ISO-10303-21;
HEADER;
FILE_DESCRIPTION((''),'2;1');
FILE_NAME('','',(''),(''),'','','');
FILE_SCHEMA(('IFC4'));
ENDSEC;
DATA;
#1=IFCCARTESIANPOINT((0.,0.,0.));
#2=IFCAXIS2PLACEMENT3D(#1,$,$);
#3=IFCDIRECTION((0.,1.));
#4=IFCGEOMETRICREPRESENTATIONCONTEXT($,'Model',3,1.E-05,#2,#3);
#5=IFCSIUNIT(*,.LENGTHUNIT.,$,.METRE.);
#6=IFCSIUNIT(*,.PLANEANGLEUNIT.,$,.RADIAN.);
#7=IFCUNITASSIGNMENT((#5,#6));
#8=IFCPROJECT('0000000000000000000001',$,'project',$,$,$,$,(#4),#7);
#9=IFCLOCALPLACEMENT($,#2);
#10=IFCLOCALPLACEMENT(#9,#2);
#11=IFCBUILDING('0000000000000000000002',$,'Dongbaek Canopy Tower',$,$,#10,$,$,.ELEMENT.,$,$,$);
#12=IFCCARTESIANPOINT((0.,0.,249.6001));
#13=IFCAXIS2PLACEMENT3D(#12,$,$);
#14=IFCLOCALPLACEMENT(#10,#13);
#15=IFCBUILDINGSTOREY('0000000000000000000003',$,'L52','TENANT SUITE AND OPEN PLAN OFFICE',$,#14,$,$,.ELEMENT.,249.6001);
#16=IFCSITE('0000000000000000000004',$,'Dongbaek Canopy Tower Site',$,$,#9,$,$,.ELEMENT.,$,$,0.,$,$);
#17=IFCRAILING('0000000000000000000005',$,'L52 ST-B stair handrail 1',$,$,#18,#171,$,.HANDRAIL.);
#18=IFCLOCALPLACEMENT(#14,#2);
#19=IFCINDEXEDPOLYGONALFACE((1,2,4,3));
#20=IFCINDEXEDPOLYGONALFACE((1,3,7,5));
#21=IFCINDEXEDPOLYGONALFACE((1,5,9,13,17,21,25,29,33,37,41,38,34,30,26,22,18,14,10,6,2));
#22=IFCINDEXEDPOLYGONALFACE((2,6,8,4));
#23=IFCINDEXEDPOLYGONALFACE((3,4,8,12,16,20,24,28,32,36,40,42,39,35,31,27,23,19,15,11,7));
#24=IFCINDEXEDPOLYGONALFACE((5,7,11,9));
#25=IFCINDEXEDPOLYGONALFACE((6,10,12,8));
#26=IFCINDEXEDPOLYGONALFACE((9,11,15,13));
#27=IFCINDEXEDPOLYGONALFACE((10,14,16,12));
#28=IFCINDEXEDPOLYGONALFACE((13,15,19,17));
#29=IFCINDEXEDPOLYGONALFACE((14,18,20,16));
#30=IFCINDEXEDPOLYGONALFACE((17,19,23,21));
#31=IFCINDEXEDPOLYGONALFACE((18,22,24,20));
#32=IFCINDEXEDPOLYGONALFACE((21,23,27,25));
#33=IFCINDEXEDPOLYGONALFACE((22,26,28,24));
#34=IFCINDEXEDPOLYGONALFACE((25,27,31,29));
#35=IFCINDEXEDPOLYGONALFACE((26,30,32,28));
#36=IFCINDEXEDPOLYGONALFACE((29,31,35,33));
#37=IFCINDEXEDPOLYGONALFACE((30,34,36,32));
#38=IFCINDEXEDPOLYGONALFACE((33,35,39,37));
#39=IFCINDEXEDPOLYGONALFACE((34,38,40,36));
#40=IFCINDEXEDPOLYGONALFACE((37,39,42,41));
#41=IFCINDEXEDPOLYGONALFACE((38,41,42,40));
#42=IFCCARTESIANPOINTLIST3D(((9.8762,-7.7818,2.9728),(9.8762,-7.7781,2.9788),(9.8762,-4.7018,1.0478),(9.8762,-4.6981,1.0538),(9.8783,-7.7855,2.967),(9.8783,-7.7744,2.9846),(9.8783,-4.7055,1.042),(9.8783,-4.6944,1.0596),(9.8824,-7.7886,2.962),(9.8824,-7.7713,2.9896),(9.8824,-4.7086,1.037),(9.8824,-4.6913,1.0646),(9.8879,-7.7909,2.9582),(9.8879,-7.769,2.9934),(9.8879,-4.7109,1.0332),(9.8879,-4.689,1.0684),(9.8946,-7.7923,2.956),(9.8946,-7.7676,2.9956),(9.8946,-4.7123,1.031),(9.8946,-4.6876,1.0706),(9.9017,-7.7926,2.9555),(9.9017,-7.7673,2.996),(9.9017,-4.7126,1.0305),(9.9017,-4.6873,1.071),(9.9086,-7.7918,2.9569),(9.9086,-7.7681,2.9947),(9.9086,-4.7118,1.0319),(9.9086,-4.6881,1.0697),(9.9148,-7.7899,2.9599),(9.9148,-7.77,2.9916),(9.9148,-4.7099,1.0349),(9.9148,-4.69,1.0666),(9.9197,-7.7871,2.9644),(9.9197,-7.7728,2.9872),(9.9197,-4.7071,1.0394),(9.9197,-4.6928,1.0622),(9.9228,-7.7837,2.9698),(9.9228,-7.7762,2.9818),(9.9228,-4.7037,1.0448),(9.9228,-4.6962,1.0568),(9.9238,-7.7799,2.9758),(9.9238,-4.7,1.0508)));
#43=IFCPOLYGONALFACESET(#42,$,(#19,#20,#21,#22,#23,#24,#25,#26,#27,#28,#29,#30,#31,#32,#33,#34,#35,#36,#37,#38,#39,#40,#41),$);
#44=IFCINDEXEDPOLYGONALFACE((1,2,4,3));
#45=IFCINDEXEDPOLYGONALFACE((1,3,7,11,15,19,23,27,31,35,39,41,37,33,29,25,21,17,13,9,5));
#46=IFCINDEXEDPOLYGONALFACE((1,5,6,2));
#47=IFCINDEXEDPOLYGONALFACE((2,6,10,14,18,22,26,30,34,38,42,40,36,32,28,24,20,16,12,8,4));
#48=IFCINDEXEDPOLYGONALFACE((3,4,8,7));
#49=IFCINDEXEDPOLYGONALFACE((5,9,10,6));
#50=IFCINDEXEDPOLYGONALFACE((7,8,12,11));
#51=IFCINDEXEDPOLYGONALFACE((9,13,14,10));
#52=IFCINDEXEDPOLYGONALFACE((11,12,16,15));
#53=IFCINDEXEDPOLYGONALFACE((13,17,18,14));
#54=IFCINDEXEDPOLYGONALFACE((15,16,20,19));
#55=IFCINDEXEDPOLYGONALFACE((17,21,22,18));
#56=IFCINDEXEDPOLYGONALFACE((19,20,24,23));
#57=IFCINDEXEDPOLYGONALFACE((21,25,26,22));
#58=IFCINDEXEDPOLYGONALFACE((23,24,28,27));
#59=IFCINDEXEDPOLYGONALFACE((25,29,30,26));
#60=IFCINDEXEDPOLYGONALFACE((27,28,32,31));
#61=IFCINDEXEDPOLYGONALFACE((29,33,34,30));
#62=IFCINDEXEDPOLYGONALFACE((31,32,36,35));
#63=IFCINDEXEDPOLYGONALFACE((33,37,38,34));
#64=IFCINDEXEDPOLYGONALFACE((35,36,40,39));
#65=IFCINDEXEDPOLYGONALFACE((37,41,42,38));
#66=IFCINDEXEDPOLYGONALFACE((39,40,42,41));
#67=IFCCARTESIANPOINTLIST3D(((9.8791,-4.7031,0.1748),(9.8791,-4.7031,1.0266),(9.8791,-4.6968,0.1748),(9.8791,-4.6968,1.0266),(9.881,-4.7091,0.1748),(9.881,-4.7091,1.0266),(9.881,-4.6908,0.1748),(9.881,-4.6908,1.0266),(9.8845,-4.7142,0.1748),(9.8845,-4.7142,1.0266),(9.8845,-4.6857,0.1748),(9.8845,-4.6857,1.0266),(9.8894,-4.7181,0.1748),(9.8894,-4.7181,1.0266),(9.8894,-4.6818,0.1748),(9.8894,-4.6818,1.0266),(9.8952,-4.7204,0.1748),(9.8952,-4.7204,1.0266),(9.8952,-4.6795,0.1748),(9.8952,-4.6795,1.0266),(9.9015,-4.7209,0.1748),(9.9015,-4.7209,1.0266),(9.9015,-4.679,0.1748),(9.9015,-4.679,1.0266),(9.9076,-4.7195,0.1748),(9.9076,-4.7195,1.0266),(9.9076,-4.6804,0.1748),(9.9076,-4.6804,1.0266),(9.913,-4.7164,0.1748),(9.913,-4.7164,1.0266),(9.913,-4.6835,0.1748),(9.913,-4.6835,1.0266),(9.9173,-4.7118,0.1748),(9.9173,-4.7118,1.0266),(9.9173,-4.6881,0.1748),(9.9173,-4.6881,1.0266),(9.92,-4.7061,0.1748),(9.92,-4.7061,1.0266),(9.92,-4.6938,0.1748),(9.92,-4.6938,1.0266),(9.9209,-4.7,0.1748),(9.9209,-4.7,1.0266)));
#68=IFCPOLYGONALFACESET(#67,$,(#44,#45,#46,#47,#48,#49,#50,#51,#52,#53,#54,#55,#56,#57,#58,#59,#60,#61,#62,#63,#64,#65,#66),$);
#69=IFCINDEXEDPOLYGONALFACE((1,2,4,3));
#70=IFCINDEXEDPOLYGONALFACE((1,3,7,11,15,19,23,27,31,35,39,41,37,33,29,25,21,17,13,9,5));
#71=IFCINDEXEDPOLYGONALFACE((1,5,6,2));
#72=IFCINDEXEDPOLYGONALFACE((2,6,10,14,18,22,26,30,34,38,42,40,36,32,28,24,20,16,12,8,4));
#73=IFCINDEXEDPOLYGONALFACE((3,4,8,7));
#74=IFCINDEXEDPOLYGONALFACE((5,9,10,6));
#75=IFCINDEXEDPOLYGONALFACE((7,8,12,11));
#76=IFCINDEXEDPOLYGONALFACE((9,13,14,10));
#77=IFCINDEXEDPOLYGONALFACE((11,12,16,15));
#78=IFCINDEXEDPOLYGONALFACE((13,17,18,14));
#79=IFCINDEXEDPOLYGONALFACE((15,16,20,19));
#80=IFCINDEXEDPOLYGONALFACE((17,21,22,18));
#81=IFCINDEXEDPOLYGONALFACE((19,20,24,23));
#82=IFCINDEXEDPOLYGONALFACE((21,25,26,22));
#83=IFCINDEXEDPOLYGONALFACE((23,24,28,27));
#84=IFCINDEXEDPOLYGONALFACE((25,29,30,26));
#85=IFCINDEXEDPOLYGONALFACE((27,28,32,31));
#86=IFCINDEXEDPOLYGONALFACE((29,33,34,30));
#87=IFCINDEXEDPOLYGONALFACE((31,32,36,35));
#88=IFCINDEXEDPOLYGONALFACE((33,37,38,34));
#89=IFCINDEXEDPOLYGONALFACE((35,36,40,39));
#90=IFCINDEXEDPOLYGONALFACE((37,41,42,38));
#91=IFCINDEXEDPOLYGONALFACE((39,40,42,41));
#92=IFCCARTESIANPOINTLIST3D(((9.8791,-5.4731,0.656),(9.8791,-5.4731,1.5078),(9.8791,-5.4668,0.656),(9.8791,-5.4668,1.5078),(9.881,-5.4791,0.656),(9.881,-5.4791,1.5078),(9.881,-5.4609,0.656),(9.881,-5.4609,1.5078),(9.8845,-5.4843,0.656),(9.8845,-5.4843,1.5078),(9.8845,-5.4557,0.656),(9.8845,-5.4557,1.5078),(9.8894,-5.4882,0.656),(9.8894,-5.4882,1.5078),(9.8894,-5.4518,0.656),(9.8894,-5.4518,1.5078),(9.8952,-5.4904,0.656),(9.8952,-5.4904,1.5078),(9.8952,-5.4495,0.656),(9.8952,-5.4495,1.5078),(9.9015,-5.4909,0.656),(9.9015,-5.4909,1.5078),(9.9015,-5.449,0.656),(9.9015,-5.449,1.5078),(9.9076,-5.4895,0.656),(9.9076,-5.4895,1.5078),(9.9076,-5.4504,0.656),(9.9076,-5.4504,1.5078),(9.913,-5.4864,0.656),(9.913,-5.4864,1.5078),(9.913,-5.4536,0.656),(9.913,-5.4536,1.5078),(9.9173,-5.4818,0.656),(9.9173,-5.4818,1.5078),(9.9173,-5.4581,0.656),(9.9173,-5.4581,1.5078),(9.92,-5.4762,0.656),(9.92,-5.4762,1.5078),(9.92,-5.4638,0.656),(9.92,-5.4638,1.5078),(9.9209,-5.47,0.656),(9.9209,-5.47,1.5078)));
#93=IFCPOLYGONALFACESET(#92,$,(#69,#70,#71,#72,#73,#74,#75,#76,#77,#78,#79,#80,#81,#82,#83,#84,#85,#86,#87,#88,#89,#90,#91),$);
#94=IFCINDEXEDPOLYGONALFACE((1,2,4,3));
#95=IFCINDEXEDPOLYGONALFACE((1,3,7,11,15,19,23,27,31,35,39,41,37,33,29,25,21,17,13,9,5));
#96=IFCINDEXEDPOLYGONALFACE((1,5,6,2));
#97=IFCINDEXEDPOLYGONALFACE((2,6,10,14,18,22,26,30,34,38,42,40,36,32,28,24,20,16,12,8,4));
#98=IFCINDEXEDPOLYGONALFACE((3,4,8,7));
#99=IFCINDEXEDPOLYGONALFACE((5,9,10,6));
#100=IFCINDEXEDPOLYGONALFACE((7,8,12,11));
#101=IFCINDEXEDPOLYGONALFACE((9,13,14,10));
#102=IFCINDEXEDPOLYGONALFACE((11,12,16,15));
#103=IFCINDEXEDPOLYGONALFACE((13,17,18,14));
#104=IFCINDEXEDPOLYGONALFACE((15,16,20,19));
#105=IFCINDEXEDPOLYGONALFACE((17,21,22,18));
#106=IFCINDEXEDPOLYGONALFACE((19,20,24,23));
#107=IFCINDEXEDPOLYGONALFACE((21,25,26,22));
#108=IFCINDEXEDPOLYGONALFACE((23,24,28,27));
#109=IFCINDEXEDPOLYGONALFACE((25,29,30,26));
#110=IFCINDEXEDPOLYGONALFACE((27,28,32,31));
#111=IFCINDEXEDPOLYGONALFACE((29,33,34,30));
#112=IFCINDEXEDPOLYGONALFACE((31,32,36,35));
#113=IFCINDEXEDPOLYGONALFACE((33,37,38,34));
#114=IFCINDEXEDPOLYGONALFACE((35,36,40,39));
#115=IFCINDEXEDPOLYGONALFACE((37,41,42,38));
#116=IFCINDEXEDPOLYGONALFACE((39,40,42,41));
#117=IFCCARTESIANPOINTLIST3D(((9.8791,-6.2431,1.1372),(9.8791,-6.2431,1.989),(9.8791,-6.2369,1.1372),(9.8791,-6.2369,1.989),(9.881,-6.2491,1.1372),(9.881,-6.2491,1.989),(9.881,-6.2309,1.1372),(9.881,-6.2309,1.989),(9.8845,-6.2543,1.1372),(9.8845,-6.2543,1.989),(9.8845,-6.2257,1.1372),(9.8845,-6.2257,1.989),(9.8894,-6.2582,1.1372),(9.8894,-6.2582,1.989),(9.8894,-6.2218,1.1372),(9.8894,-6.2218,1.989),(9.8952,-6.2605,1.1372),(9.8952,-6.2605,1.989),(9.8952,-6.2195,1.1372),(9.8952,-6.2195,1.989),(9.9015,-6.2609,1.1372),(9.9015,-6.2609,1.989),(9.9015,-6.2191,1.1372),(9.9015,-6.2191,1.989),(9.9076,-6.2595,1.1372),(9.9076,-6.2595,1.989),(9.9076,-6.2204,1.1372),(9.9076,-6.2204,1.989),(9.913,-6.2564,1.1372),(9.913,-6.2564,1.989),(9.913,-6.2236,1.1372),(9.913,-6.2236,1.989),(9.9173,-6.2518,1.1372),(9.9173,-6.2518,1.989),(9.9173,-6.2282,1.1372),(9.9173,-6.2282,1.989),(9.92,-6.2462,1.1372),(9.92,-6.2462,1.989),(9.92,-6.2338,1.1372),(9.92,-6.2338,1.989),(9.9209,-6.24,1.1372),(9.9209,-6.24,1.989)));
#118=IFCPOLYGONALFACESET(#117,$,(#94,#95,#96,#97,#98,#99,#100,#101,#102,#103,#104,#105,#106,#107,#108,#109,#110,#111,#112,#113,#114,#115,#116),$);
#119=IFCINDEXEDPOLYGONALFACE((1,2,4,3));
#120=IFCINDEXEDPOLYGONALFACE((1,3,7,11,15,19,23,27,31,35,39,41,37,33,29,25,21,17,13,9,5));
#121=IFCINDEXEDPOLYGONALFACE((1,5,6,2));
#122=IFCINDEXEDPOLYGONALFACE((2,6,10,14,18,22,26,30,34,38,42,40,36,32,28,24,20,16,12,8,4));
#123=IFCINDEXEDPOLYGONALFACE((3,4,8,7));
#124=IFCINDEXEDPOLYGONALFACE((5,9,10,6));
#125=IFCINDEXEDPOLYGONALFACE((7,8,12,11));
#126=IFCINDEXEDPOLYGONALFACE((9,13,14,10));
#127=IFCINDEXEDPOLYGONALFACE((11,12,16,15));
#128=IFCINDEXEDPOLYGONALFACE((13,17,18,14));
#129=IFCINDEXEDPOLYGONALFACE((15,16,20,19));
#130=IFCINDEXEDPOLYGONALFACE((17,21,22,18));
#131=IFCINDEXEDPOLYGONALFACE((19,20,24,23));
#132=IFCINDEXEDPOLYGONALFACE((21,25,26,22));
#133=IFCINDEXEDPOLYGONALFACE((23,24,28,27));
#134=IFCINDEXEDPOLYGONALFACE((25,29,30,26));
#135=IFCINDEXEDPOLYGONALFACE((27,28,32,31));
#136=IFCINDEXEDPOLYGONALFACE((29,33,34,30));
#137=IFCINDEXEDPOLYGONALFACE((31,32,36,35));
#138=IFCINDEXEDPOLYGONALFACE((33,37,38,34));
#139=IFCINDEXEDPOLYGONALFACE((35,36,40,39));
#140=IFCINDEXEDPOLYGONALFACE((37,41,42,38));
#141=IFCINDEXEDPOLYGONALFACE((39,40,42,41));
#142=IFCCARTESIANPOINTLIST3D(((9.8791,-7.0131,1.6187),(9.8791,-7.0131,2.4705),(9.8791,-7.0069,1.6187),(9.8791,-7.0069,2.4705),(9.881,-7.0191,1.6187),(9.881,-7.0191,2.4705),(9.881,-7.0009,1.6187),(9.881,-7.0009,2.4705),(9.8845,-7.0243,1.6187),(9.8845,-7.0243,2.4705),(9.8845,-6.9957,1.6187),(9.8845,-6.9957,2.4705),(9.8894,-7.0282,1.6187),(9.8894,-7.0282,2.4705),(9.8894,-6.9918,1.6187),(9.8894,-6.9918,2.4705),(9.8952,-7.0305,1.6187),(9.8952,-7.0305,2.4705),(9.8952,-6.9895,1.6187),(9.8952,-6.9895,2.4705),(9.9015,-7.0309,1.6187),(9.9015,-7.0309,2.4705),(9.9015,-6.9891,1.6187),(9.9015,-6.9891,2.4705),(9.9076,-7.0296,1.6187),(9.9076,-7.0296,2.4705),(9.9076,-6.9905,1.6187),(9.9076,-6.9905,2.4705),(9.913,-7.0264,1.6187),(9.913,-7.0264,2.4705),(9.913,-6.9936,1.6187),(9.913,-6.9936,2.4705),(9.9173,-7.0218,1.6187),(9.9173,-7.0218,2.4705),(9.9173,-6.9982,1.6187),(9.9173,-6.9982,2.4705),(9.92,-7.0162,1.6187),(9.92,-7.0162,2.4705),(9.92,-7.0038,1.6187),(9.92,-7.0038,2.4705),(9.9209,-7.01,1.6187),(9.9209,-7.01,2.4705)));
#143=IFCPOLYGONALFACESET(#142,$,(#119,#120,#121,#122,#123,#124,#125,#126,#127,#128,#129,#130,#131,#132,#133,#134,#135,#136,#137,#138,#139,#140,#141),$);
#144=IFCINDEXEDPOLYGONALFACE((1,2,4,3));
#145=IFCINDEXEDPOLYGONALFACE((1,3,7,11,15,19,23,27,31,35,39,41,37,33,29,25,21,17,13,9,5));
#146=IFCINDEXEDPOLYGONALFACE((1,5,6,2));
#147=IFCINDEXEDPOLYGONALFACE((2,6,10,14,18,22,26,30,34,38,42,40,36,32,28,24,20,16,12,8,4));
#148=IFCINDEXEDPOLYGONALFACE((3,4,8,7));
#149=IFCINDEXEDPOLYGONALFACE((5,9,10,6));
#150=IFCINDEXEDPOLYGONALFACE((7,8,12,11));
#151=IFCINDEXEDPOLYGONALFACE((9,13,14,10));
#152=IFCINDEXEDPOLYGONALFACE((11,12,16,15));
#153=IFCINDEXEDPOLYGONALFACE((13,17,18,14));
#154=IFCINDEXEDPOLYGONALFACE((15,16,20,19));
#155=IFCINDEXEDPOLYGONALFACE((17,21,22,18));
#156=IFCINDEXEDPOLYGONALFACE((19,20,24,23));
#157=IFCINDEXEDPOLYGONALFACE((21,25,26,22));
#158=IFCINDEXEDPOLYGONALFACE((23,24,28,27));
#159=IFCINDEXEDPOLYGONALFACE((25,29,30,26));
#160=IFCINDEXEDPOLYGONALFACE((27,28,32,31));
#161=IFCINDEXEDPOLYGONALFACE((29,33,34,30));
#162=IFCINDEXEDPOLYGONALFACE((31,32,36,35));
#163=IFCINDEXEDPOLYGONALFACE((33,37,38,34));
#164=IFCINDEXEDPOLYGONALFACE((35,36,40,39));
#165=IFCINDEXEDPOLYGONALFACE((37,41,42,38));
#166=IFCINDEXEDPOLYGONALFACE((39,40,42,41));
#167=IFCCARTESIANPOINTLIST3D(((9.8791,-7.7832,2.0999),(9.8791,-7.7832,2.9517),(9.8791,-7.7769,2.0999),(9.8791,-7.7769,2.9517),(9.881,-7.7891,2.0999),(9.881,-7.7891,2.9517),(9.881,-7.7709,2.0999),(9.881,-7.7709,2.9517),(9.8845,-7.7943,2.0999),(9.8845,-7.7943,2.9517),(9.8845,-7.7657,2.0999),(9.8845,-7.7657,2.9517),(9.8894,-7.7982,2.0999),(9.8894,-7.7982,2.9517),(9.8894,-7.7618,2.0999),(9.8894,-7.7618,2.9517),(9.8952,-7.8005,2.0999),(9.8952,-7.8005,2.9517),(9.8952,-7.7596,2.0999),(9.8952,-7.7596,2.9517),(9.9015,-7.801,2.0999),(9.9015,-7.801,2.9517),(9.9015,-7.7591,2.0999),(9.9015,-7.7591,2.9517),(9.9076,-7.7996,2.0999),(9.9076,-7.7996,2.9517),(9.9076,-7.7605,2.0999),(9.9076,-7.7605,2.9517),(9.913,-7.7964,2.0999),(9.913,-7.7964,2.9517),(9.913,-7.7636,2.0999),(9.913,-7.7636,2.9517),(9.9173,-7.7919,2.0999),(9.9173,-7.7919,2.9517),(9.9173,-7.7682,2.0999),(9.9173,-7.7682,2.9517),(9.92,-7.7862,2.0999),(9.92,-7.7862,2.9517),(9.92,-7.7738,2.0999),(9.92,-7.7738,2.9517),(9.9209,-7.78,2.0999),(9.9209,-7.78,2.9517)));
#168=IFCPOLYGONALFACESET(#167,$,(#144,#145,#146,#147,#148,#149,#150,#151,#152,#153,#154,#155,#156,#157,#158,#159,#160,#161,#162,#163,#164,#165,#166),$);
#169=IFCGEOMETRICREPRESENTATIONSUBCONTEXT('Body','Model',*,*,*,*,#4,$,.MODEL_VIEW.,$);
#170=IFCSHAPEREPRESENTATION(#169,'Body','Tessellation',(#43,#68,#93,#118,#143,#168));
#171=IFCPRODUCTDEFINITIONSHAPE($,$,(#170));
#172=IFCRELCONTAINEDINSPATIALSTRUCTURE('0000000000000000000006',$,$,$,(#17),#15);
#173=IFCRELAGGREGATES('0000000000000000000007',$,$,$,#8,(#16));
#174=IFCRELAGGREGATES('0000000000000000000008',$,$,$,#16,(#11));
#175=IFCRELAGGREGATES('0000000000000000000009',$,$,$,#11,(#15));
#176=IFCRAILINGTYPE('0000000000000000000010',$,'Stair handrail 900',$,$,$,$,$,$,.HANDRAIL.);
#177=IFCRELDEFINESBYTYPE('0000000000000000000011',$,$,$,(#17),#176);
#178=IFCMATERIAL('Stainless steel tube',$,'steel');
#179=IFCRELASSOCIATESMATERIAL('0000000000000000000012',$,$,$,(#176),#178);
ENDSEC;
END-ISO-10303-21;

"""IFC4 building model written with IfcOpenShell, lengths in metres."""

from ifc_helpers import new_model, si_unit, direction, frame, origin, origin_2d, place, context, subcontext, project, spatial, circle, extrude, material, type_object, element, save


model = new_model("IFC4")

# Units and contexts
model_context = context("Model", 3, precision=1e-05, world=origin(), true_north=direction((0.0, 1.0)))
body_context = subcontext(model_context, "Body", "Model", "MODEL_VIEW")
ifc_project = project(units=[si_unit("LENGTHUNIT", "METRE"), si_unit("PLANEANGLEUNIT", "RADIAN")], contexts=[model_context])

# Site, building, storey
site_placement = place(None, origin())
site = spatial("IfcSite", under=ifc_project, at=site_placement, Name="Dongbaek Canopy Tower Site", CompositionType="ELEMENT", RefElevation=0.0)
building_placement = place(site_placement, origin())
building = spatial("IfcBuilding", under=site, at=building_placement, Name="Dongbaek Canopy Tower", CompositionType="ELEMENT")
storey_placement = place(building_placement, frame((0.0, 0.0, 249.6001)))
storey = spatial("IfcBuildingStorey", under=building, at=storey_placement, Name="L52", Description="TENANT SUITE AND OPEN PLAN OFFICE", CompositionType="ELEMENT", Elevation=249.6001)

# Railing
ifc_material_1 = material(Name="Stainless steel tube", Category="steel")
railing_type_1 = type_object("IfcRailingType", Name="Stair handrail 900", PredefinedType="HANDRAIL", material=ifc_material_1)
railing_1_placement = place(storey_placement, frame((9.8999, -4.7, 0.1748)))
element("IfcRailing", 1, at=railing_1_placement, inside=storey, type_object=railing_type_1, Name="L52 ST-B stair handrail 1", PredefinedType="HANDRAIL", context=body_context, shape_type="SweptSolid", body=[
    extrude(circle(Radius=0.0239, at=origin_2d()), frame((0.0, 0.0, 0.876), z_axis=(0.0, -0.847998, 0.529999), x_axis=(1.0, 0.0, 0.0)), (0.0, 0.0, 1.0), 3.6321),
    extrude(circle(Radius=0.021, at=origin_2d()), origin(), (0.0, 0.0, 1.0), 0.8518),
    extrude(circle(Radius=0.021, at=origin_2d()), frame((0.0, -0.77, 0.4812)), (0.0, 0.0, 1.0), 0.8518),
    extrude(circle(Radius=0.021, at=origin_2d()), frame((0.0, -1.54, 0.9624)), (0.0, 0.0, 1.0), 0.8518),
    extrude(circle(Radius=0.021, at=origin_2d()), frame((0.0, -2.3101, 1.4438)), (0.0, 0.0, 1.0), 0.8518),
    extrude(circle(Radius=0.021, at=origin_2d()), frame((0.0, -3.0801, 1.925)), (0.0, 0.0, 1.0), 0.8518),
])

save(model, "model.ifc")
